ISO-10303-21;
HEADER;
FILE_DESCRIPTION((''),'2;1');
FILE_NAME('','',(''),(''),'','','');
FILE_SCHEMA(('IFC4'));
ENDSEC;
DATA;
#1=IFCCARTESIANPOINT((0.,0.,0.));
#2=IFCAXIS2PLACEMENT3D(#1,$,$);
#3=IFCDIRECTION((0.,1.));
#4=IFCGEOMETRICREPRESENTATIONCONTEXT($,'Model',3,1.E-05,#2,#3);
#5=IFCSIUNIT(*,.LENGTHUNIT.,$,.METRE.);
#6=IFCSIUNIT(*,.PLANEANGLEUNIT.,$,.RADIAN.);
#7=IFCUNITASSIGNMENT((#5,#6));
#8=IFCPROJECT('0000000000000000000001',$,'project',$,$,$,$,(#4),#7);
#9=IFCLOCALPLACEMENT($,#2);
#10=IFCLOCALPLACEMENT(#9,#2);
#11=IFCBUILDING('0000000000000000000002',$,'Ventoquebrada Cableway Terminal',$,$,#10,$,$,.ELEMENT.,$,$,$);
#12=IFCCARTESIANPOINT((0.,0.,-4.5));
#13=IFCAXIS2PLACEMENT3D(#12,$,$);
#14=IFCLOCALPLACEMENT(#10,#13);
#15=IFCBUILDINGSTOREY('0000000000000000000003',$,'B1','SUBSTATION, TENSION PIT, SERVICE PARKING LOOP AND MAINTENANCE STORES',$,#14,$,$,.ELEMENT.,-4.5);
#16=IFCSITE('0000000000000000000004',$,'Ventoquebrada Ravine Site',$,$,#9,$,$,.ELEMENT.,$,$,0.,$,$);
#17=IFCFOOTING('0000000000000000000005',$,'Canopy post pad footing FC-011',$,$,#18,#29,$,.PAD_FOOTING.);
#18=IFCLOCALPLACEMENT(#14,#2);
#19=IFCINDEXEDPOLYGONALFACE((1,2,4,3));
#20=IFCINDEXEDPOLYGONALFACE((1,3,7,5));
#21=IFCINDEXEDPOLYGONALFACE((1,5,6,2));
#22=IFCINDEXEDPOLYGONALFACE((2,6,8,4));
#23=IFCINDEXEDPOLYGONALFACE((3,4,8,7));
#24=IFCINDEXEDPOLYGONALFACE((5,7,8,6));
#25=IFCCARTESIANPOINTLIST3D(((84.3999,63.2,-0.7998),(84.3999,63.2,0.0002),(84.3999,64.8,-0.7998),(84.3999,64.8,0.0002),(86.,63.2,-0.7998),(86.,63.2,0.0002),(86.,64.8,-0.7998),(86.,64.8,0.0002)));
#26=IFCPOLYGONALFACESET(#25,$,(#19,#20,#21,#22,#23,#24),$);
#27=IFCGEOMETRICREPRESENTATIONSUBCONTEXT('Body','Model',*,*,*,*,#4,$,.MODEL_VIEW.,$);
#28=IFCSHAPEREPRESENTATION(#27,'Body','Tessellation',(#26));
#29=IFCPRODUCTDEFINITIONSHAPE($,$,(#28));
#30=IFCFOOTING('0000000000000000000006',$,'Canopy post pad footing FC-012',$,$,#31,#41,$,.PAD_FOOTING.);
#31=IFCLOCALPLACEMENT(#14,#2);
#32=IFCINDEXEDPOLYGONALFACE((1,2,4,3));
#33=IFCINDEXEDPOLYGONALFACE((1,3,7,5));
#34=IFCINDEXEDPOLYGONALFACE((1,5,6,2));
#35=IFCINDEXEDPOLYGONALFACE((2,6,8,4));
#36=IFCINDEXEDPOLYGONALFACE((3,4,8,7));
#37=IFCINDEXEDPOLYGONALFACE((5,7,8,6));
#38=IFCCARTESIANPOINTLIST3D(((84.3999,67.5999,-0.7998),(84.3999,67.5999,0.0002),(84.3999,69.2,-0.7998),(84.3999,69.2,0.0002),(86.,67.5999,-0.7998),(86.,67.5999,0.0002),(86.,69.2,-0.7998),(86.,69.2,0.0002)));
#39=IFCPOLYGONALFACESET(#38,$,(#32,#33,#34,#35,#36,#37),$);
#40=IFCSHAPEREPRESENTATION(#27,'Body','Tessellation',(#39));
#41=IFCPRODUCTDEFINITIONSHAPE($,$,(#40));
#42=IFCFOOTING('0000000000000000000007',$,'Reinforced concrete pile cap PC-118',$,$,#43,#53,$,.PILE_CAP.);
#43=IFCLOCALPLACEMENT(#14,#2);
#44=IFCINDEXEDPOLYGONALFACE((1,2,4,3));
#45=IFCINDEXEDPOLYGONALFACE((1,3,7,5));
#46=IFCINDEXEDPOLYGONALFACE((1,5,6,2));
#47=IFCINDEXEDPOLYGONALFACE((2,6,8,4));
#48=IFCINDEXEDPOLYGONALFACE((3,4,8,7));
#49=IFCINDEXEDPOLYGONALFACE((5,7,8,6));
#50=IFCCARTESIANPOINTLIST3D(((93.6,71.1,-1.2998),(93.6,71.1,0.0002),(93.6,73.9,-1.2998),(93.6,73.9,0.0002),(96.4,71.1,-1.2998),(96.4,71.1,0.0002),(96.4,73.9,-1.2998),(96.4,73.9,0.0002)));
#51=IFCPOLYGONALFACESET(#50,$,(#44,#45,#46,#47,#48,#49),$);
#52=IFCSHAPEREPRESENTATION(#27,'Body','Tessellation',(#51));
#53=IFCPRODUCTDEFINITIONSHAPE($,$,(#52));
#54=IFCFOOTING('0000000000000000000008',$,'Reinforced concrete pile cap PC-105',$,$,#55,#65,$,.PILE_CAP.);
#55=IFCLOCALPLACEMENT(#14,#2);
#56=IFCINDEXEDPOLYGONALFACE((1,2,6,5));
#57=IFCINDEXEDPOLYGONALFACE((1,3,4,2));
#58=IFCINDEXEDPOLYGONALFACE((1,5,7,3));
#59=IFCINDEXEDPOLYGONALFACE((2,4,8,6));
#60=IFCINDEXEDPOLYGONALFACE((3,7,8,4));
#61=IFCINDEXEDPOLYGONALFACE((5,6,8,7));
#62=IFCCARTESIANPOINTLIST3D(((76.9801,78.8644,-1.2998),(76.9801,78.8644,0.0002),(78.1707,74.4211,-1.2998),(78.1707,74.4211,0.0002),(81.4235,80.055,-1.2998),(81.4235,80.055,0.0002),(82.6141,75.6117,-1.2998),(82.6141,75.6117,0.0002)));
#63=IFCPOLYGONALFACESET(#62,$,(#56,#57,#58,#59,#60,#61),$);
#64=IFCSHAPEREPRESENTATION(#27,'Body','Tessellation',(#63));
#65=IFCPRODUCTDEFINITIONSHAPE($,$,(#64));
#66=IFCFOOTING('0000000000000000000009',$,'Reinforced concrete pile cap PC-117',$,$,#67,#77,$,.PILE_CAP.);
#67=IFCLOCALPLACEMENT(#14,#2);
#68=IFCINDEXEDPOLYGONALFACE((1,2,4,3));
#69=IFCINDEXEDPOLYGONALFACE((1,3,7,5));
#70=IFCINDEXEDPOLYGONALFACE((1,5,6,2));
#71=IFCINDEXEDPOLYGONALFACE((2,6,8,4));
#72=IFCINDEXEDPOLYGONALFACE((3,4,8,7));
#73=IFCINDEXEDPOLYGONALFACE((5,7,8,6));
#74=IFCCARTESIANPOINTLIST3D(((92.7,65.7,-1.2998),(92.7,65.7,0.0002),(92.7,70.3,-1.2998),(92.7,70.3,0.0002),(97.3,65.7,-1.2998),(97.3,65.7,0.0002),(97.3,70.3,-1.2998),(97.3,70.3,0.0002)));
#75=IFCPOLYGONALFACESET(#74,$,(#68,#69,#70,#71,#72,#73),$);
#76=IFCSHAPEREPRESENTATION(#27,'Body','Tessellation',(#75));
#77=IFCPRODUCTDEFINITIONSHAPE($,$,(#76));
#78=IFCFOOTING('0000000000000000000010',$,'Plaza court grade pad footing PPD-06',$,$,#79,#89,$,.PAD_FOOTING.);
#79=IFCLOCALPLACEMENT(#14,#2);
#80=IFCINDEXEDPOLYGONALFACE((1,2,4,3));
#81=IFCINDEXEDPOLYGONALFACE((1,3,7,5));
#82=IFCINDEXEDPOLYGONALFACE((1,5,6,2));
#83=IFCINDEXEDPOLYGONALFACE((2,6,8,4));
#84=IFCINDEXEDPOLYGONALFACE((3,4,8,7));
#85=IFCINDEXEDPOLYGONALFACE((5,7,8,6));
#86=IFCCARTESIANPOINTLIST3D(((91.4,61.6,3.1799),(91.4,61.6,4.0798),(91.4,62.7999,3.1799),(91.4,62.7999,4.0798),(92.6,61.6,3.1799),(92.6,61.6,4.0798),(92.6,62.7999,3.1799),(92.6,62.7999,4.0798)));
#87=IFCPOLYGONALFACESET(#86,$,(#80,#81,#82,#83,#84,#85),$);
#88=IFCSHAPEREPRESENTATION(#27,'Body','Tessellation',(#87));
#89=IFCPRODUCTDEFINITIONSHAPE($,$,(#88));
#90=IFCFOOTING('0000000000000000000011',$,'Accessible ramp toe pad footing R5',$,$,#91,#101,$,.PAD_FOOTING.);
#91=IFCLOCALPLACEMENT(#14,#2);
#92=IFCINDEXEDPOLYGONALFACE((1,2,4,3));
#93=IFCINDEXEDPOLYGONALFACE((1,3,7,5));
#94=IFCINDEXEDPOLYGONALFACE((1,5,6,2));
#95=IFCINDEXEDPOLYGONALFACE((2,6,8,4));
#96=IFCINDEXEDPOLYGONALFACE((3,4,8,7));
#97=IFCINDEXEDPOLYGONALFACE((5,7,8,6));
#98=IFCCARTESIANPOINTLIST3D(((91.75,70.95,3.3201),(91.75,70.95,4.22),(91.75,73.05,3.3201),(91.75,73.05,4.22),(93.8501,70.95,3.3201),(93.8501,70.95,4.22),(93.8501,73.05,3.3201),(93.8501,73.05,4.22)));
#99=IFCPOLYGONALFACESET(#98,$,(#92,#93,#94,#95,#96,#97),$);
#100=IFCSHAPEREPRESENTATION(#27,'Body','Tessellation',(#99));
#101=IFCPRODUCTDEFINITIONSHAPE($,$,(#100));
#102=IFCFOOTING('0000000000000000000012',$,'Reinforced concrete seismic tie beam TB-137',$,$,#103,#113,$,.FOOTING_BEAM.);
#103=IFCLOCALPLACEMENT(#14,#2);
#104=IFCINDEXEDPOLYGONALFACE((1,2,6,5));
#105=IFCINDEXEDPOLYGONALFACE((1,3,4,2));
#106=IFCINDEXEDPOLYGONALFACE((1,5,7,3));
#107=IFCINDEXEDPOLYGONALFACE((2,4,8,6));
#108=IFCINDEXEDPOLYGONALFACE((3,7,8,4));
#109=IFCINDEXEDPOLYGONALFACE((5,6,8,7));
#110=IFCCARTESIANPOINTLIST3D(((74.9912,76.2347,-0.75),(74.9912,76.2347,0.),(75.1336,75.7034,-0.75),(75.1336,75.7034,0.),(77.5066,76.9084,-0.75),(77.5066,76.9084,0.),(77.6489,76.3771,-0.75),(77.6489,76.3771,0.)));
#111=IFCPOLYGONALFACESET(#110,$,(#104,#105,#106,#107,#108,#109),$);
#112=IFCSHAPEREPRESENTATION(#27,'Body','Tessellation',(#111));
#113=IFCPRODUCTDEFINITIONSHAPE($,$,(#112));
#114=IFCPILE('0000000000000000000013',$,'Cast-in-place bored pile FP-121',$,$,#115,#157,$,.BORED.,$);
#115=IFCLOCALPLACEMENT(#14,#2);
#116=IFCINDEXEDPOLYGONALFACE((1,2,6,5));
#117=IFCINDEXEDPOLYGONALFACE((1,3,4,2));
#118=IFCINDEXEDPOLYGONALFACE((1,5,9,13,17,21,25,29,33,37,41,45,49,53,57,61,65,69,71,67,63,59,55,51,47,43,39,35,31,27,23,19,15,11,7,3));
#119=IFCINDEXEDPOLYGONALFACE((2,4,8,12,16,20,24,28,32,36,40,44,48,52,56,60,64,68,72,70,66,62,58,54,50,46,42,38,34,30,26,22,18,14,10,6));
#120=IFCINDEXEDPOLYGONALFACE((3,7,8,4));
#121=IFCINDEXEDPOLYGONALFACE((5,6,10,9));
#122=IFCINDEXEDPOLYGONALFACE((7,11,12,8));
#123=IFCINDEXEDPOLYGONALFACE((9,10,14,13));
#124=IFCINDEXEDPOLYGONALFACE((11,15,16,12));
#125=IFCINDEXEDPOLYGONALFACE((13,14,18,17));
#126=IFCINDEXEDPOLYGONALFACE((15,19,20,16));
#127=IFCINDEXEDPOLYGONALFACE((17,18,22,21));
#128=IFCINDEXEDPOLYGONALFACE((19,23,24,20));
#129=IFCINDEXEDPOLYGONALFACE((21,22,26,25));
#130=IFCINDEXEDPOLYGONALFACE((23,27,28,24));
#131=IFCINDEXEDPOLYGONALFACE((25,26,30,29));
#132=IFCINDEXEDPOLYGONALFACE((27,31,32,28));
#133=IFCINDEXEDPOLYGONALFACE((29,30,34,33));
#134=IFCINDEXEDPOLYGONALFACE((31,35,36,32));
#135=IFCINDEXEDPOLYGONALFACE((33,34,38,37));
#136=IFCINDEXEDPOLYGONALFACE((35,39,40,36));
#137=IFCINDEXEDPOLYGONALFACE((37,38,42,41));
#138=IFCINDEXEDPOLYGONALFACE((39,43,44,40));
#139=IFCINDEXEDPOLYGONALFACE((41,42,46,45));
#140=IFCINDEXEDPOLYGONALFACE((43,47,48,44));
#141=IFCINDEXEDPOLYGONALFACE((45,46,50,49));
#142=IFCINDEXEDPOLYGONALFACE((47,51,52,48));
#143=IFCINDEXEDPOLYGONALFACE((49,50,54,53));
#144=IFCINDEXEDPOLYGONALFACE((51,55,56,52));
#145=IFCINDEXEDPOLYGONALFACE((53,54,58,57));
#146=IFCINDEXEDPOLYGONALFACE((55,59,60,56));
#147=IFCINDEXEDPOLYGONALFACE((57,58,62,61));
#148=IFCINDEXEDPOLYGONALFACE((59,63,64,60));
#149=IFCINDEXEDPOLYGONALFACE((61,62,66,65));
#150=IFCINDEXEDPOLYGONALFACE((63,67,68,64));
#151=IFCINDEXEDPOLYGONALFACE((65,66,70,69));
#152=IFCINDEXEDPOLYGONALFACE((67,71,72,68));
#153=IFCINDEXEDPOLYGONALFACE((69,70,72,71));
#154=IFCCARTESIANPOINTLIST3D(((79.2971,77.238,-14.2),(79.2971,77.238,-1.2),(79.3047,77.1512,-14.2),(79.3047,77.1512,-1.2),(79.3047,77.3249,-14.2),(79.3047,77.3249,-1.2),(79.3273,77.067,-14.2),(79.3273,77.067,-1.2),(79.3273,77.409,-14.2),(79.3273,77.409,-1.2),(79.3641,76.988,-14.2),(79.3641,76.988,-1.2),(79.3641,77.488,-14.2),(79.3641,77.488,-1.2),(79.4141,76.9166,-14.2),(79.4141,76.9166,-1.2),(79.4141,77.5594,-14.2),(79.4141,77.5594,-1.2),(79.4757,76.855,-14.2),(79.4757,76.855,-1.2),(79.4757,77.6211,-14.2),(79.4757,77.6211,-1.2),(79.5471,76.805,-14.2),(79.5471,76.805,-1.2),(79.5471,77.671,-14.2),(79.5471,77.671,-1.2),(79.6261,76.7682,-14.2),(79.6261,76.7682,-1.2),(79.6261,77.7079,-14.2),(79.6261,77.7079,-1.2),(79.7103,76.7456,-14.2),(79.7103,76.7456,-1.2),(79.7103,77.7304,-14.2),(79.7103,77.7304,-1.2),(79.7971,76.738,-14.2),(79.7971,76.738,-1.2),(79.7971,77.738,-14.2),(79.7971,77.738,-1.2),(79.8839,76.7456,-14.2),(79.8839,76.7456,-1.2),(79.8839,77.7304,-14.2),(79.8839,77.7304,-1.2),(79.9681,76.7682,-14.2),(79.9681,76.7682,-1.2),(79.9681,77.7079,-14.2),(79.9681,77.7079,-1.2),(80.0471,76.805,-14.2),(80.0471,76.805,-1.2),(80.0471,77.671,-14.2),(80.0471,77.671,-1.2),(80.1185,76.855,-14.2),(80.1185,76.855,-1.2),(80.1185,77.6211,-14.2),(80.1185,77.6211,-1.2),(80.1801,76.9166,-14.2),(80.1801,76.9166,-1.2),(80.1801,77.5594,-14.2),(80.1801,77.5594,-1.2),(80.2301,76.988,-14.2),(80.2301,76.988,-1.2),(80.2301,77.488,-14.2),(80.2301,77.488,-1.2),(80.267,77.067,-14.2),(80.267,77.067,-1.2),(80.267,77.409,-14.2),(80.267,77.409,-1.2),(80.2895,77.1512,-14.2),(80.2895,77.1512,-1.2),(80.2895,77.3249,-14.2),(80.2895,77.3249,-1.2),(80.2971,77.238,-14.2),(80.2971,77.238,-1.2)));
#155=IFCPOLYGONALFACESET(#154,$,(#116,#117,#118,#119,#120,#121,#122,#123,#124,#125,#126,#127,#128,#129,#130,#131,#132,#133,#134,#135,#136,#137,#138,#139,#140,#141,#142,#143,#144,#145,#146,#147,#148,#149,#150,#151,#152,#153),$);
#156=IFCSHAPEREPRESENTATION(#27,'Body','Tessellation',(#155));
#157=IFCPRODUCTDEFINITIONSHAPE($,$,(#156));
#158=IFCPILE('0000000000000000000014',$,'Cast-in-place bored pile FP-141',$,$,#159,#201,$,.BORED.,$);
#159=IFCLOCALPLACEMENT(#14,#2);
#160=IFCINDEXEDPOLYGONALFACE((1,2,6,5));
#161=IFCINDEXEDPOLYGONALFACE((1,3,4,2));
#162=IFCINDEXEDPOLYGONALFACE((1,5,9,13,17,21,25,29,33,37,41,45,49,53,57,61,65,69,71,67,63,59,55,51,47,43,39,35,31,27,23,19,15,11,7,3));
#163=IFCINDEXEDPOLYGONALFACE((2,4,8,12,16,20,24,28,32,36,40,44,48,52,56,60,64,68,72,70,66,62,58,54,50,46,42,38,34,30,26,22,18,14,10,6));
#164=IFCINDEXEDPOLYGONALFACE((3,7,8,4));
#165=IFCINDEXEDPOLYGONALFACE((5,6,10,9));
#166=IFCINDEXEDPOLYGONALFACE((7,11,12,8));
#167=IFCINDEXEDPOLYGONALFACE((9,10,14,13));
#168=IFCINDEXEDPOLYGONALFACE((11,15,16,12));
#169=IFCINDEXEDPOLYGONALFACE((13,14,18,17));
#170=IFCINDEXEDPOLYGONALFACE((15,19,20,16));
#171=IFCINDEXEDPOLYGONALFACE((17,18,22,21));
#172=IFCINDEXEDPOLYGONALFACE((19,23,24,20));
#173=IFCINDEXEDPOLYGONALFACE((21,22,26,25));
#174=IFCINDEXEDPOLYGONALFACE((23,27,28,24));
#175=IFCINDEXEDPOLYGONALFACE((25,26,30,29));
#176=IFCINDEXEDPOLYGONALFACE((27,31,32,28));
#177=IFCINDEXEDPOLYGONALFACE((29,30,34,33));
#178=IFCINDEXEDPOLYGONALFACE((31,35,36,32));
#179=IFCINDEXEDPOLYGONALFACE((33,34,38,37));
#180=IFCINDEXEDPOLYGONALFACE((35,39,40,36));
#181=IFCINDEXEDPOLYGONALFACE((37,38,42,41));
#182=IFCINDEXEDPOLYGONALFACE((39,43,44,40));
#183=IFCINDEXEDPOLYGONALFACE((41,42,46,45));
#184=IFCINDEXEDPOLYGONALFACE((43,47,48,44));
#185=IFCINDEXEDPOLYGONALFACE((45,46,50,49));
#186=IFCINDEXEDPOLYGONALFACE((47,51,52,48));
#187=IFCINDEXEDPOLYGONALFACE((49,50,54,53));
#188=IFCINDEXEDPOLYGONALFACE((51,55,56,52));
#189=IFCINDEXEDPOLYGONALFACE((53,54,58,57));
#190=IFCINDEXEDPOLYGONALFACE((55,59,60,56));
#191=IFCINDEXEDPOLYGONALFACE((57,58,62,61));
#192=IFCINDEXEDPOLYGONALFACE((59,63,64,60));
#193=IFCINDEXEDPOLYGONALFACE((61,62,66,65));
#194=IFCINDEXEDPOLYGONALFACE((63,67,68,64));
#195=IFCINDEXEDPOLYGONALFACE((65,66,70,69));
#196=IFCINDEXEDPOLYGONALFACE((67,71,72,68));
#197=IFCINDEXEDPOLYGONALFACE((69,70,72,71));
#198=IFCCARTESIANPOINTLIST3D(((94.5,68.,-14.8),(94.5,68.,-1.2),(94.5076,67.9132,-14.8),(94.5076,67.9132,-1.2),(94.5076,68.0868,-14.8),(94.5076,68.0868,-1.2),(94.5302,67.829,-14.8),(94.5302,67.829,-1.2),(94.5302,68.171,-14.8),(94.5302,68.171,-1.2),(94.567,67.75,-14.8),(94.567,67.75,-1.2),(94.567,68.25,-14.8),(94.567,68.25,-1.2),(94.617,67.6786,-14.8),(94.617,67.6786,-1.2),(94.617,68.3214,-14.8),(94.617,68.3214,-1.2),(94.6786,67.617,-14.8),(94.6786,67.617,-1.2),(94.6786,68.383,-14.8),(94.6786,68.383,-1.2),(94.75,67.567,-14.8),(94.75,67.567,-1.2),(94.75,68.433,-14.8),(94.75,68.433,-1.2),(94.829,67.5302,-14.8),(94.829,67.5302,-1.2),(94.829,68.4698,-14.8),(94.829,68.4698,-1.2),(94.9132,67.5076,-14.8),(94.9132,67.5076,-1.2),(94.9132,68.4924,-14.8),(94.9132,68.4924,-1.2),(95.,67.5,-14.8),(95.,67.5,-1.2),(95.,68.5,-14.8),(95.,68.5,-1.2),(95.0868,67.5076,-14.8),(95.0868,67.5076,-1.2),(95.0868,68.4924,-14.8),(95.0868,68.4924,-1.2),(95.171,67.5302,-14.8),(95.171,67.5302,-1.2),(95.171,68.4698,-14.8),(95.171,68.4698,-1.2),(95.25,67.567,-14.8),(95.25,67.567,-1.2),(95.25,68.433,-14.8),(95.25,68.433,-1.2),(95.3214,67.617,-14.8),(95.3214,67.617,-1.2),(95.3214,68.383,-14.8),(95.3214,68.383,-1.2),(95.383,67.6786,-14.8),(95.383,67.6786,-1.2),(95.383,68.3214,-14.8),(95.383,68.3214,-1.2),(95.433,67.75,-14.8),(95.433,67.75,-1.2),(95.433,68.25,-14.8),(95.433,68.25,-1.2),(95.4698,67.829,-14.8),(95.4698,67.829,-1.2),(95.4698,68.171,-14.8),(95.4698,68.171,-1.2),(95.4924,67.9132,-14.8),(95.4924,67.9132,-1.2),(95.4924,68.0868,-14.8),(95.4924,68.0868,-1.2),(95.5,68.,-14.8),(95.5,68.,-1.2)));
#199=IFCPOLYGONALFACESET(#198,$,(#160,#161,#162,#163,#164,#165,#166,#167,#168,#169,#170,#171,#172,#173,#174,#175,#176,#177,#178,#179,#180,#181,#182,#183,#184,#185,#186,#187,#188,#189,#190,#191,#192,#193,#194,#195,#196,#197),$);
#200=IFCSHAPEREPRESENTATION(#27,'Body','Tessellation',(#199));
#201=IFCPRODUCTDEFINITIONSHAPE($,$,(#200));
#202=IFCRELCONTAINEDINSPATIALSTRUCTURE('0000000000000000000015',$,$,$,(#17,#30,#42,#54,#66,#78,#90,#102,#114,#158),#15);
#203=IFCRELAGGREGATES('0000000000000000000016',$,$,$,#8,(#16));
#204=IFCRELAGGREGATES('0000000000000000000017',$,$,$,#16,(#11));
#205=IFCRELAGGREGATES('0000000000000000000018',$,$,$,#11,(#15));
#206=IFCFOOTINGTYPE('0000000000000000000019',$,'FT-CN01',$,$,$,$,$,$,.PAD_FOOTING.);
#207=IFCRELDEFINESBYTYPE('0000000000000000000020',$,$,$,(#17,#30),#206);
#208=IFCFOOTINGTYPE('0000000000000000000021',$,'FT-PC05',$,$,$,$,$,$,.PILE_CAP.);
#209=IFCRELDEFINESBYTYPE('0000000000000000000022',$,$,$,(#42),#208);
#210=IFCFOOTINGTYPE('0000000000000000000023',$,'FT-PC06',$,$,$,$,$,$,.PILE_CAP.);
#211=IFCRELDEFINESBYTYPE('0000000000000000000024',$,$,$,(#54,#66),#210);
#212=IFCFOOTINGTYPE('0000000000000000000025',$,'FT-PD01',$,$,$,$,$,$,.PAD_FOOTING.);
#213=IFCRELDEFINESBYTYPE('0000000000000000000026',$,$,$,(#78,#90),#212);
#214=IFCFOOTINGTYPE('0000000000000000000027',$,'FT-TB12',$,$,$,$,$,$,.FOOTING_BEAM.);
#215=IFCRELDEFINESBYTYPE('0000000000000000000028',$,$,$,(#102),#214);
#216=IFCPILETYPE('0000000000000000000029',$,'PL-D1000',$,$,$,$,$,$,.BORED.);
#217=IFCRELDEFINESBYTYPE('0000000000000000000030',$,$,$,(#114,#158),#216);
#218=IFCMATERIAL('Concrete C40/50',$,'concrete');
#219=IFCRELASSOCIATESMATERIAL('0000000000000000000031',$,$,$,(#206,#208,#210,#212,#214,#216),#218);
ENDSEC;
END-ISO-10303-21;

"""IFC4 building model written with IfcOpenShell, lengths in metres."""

from ifc_helpers import new_model, si_unit, direction, frame, origin, origin_2d, place, context, subcontext, project, spatial, rectangle, circle, extrude, material, material_profile, profile_set, type_object, element, save


model = new_model("IFC4")

# Units and contexts
model_context = context("Model", 3, precision=1e-05, world=origin(), true_north=direction((0.0, 1.0)))
body_context = subcontext(model_context, "Body", "Model", "MODEL_VIEW")
ifc_project = project(units=[si_unit("LENGTHUNIT", "METRE"), si_unit("PLANEANGLEUNIT", "RADIAN")], contexts=[model_context])

# Site, building, storey
site_placement = place(None, origin())
site = spatial("IfcSite", under=ifc_project, at=site_placement, Name="Ventoquebrada Ravine Site", CompositionType="ELEMENT", RefElevation=0.0)
building_placement = place(site_placement, origin())
building = spatial("IfcBuilding", under=site, at=building_placement, Name="Ventoquebrada Cableway Terminal", CompositionType="ELEMENT")
storey_placement = place(building_placement, frame((0.0, 0.0, -4.5)))
storey = spatial("IfcBuildingStorey", under=building, at=storey_placement, Name="B1", Description="SUBSTATION, TENSION PIT, SERVICE PARKING LOOP AND MAINTENANCE STORES", CompositionType="ELEMENT", Elevation=-4.5)

# Footings
ifc_material = material(Name="Concrete C40/50", Category="concrete")
footing_type_1 = type_object("IfcFootingType", Name="FT-CN01", PredefinedType="PAD_FOOTING", material=ifc_material)
for number, where, z_axis, x_axis, name in (
    (1, (85.2, 64.0, -0.7998), (0.0, 0.0, 1.0), (1.0, 0.0, 0.0), "Canopy post pad footing FC-011"),
    (2, (85.2, 68.3999, -0.7998), (0.0, 0.0, 1.0), (1.0, 0.0, 0.0), "Canopy post pad footing FC-012"),
):
    element("IfcFooting", number, at=place(storey_placement, frame(where, z_axis=z_axis, x_axis=x_axis)), inside=storey, type_object=footing_type_1, Name=name, PredefinedType="PAD_FOOTING", context=body_context, shape_type="SweptSolid", body=[
        extrude(rectangle(XDim=1.6001, YDim=1.6001, at=origin_2d()), origin(), (0.0, 0.0, 1.0), 0.8),
    ])
footing_type_2 = type_object("IfcFootingType", Name="FT-PC05", PredefinedType="PILE_CAP", material=ifc_material)
footing_1_placement = place(storey_placement, frame((95.0, 72.5, -1.2998), z_axis=(0.0, 0.0, 1.0), x_axis=(1.0, 0.0, 0.0)))
element("IfcFooting", 3, at=footing_1_placement, inside=storey, type_object=footing_type_2, Name="Reinforced concrete pile cap PC-118", PredefinedType="PILE_CAP", context=body_context, shape_type="SweptSolid", body=[
    extrude(rectangle(XDim=2.8, YDim=2.8, at=origin_2d()), origin(), (0.0, 0.0, 1.0), 1.3),
])
footing_type_3 = type_object("IfcFootingType", Name="FT-PC06", PredefinedType="PILE_CAP", material=ifc_material)
for number, where, z_axis, x_axis, name in (
    (4, (79.7971, 77.238, -1.2998), (0.0, 0.0, 1.0), (0.965926, 0.258819, 0.0), "Reinforced concrete pile cap PC-105"),
    (5, (95.0, 68.0, -1.2998), (0.0, 0.0, 1.0), (1.0, 0.0, 0.0), "Reinforced concrete pile cap PC-117"),
):
    element("IfcFooting", number, at=place(storey_placement, frame(where, z_axis=z_axis, x_axis=x_axis)), inside=storey, type_object=footing_type_3, Name=name, PredefinedType="PILE_CAP", context=body_context, shape_type="SweptSolid", body=[
        extrude(rectangle(XDim=4.6001, YDim=4.6001, at=origin_2d()), origin(), (0.0, 0.0, 1.0), 1.3),
    ])
footing_type_4 = type_object("IfcFootingType", Name="FT-PD01", PredefinedType="PAD_FOOTING", material=ifc_material)
footing_2_placement = place(storey_placement, frame((92.0, 62.2, 3.1799), z_axis=(0.0, 0.0, 1.0), x_axis=(1.0, 0.0, 0.0)))
element("IfcFooting", 6, at=footing_2_placement, inside=storey, type_object=footing_type_4, Name="Plaza court grade pad footing PPD-06", PredefinedType="PAD_FOOTING", context=body_context, shape_type="SweptSolid", body=[
    extrude(rectangle(XDim=1.2, YDim=1.2, at=origin_2d()), origin(), (0.0, 0.0, 1.0), 0.8999),
])
footing_3_placement = place(storey_placement, frame((92.8, 72.0, 3.3201), z_axis=(0.0, 0.0, 1.0), x_axis=(1.0, 0.0, 0.0)))
element("IfcFooting", 7, at=footing_3_placement, inside=storey, type_object=footing_type_4, Name="Accessible ramp toe pad footing R5", PredefinedType="PAD_FOOTING", context=body_context, shape_type="SweptSolid", body=[
    extrude(rectangle(XDim=2.1001, YDim=2.1001, at=origin_2d()), origin(), (0.0, 0.0, 1.0), 0.8999),
])
footing_type_5 = type_object("IfcFootingType", Name="FT-TB12", PredefinedType="FOOTING_BEAM", material=ifc_material)
footing_4_placement = place(storey_placement, frame((76.3201, 76.3059, -0.75), z_axis=(0.0, 0.0, 1.0), x_axis=(0.965948, 0.258735, 0.0)))
element("IfcFooting", 8, at=footing_4_placement, inside=storey, type_object=footing_type_5, Name="Reinforced concrete seismic tie beam TB-137", PredefinedType="FOOTING_BEAM", context=body_context, shape_type="SweptSolid", body=[
    extrude(rectangle(XDim=2.604, YDim=0.55, at=origin_2d()), origin(), (0.0, 0.0, 1.0), 0.75),
])

# Piles
ifc_material_profile_1 = material_profile(ifc_material, circle(Radius=0.5, at=origin_2d()), Name="PILE-D1000")
ifc_profile_set_1 = profile_set([ifc_material_profile_1], Name="Concrete C40/50")
pile_type = type_object("IfcPileType", Name="PL-D1000", PredefinedType="BORED", material=ifc_profile_set_1)
pile_1_placement = place(storey_placement, frame((79.7971, 77.238, -1.2), z_axis=(0.0, 0.0, -1.0), x_axis=(1.0, 0.0, 0.0)))
element("IfcPile", 9, at=pile_1_placement, inside=storey, type_object=pile_type, Name="Cast-in-place bored pile FP-121", PredefinedType="BORED", context=body_context, shape_type="SweptSolid", body=[
    extrude(circle(Radius=0.5, at=origin_2d()), origin(), (0.0, 0.0, 1.0), 13.0),
])
pile_2_placement = place(storey_placement, frame((95.0, 68.0, -1.2), z_axis=(0.0, 0.0, -1.0), x_axis=(1.0, 0.0, 0.0)))
element("IfcPile", 10, at=pile_2_placement, inside=storey, type_object=pile_type, Name="Cast-in-place bored pile FP-141", PredefinedType="BORED", context=body_context, shape_type="SweptSolid", body=[
    extrude(circle(Radius=0.5, at=origin_2d()), origin(), (0.0, 0.0, 1.0), 13.6001),
])

save(model, "model.ifc")
